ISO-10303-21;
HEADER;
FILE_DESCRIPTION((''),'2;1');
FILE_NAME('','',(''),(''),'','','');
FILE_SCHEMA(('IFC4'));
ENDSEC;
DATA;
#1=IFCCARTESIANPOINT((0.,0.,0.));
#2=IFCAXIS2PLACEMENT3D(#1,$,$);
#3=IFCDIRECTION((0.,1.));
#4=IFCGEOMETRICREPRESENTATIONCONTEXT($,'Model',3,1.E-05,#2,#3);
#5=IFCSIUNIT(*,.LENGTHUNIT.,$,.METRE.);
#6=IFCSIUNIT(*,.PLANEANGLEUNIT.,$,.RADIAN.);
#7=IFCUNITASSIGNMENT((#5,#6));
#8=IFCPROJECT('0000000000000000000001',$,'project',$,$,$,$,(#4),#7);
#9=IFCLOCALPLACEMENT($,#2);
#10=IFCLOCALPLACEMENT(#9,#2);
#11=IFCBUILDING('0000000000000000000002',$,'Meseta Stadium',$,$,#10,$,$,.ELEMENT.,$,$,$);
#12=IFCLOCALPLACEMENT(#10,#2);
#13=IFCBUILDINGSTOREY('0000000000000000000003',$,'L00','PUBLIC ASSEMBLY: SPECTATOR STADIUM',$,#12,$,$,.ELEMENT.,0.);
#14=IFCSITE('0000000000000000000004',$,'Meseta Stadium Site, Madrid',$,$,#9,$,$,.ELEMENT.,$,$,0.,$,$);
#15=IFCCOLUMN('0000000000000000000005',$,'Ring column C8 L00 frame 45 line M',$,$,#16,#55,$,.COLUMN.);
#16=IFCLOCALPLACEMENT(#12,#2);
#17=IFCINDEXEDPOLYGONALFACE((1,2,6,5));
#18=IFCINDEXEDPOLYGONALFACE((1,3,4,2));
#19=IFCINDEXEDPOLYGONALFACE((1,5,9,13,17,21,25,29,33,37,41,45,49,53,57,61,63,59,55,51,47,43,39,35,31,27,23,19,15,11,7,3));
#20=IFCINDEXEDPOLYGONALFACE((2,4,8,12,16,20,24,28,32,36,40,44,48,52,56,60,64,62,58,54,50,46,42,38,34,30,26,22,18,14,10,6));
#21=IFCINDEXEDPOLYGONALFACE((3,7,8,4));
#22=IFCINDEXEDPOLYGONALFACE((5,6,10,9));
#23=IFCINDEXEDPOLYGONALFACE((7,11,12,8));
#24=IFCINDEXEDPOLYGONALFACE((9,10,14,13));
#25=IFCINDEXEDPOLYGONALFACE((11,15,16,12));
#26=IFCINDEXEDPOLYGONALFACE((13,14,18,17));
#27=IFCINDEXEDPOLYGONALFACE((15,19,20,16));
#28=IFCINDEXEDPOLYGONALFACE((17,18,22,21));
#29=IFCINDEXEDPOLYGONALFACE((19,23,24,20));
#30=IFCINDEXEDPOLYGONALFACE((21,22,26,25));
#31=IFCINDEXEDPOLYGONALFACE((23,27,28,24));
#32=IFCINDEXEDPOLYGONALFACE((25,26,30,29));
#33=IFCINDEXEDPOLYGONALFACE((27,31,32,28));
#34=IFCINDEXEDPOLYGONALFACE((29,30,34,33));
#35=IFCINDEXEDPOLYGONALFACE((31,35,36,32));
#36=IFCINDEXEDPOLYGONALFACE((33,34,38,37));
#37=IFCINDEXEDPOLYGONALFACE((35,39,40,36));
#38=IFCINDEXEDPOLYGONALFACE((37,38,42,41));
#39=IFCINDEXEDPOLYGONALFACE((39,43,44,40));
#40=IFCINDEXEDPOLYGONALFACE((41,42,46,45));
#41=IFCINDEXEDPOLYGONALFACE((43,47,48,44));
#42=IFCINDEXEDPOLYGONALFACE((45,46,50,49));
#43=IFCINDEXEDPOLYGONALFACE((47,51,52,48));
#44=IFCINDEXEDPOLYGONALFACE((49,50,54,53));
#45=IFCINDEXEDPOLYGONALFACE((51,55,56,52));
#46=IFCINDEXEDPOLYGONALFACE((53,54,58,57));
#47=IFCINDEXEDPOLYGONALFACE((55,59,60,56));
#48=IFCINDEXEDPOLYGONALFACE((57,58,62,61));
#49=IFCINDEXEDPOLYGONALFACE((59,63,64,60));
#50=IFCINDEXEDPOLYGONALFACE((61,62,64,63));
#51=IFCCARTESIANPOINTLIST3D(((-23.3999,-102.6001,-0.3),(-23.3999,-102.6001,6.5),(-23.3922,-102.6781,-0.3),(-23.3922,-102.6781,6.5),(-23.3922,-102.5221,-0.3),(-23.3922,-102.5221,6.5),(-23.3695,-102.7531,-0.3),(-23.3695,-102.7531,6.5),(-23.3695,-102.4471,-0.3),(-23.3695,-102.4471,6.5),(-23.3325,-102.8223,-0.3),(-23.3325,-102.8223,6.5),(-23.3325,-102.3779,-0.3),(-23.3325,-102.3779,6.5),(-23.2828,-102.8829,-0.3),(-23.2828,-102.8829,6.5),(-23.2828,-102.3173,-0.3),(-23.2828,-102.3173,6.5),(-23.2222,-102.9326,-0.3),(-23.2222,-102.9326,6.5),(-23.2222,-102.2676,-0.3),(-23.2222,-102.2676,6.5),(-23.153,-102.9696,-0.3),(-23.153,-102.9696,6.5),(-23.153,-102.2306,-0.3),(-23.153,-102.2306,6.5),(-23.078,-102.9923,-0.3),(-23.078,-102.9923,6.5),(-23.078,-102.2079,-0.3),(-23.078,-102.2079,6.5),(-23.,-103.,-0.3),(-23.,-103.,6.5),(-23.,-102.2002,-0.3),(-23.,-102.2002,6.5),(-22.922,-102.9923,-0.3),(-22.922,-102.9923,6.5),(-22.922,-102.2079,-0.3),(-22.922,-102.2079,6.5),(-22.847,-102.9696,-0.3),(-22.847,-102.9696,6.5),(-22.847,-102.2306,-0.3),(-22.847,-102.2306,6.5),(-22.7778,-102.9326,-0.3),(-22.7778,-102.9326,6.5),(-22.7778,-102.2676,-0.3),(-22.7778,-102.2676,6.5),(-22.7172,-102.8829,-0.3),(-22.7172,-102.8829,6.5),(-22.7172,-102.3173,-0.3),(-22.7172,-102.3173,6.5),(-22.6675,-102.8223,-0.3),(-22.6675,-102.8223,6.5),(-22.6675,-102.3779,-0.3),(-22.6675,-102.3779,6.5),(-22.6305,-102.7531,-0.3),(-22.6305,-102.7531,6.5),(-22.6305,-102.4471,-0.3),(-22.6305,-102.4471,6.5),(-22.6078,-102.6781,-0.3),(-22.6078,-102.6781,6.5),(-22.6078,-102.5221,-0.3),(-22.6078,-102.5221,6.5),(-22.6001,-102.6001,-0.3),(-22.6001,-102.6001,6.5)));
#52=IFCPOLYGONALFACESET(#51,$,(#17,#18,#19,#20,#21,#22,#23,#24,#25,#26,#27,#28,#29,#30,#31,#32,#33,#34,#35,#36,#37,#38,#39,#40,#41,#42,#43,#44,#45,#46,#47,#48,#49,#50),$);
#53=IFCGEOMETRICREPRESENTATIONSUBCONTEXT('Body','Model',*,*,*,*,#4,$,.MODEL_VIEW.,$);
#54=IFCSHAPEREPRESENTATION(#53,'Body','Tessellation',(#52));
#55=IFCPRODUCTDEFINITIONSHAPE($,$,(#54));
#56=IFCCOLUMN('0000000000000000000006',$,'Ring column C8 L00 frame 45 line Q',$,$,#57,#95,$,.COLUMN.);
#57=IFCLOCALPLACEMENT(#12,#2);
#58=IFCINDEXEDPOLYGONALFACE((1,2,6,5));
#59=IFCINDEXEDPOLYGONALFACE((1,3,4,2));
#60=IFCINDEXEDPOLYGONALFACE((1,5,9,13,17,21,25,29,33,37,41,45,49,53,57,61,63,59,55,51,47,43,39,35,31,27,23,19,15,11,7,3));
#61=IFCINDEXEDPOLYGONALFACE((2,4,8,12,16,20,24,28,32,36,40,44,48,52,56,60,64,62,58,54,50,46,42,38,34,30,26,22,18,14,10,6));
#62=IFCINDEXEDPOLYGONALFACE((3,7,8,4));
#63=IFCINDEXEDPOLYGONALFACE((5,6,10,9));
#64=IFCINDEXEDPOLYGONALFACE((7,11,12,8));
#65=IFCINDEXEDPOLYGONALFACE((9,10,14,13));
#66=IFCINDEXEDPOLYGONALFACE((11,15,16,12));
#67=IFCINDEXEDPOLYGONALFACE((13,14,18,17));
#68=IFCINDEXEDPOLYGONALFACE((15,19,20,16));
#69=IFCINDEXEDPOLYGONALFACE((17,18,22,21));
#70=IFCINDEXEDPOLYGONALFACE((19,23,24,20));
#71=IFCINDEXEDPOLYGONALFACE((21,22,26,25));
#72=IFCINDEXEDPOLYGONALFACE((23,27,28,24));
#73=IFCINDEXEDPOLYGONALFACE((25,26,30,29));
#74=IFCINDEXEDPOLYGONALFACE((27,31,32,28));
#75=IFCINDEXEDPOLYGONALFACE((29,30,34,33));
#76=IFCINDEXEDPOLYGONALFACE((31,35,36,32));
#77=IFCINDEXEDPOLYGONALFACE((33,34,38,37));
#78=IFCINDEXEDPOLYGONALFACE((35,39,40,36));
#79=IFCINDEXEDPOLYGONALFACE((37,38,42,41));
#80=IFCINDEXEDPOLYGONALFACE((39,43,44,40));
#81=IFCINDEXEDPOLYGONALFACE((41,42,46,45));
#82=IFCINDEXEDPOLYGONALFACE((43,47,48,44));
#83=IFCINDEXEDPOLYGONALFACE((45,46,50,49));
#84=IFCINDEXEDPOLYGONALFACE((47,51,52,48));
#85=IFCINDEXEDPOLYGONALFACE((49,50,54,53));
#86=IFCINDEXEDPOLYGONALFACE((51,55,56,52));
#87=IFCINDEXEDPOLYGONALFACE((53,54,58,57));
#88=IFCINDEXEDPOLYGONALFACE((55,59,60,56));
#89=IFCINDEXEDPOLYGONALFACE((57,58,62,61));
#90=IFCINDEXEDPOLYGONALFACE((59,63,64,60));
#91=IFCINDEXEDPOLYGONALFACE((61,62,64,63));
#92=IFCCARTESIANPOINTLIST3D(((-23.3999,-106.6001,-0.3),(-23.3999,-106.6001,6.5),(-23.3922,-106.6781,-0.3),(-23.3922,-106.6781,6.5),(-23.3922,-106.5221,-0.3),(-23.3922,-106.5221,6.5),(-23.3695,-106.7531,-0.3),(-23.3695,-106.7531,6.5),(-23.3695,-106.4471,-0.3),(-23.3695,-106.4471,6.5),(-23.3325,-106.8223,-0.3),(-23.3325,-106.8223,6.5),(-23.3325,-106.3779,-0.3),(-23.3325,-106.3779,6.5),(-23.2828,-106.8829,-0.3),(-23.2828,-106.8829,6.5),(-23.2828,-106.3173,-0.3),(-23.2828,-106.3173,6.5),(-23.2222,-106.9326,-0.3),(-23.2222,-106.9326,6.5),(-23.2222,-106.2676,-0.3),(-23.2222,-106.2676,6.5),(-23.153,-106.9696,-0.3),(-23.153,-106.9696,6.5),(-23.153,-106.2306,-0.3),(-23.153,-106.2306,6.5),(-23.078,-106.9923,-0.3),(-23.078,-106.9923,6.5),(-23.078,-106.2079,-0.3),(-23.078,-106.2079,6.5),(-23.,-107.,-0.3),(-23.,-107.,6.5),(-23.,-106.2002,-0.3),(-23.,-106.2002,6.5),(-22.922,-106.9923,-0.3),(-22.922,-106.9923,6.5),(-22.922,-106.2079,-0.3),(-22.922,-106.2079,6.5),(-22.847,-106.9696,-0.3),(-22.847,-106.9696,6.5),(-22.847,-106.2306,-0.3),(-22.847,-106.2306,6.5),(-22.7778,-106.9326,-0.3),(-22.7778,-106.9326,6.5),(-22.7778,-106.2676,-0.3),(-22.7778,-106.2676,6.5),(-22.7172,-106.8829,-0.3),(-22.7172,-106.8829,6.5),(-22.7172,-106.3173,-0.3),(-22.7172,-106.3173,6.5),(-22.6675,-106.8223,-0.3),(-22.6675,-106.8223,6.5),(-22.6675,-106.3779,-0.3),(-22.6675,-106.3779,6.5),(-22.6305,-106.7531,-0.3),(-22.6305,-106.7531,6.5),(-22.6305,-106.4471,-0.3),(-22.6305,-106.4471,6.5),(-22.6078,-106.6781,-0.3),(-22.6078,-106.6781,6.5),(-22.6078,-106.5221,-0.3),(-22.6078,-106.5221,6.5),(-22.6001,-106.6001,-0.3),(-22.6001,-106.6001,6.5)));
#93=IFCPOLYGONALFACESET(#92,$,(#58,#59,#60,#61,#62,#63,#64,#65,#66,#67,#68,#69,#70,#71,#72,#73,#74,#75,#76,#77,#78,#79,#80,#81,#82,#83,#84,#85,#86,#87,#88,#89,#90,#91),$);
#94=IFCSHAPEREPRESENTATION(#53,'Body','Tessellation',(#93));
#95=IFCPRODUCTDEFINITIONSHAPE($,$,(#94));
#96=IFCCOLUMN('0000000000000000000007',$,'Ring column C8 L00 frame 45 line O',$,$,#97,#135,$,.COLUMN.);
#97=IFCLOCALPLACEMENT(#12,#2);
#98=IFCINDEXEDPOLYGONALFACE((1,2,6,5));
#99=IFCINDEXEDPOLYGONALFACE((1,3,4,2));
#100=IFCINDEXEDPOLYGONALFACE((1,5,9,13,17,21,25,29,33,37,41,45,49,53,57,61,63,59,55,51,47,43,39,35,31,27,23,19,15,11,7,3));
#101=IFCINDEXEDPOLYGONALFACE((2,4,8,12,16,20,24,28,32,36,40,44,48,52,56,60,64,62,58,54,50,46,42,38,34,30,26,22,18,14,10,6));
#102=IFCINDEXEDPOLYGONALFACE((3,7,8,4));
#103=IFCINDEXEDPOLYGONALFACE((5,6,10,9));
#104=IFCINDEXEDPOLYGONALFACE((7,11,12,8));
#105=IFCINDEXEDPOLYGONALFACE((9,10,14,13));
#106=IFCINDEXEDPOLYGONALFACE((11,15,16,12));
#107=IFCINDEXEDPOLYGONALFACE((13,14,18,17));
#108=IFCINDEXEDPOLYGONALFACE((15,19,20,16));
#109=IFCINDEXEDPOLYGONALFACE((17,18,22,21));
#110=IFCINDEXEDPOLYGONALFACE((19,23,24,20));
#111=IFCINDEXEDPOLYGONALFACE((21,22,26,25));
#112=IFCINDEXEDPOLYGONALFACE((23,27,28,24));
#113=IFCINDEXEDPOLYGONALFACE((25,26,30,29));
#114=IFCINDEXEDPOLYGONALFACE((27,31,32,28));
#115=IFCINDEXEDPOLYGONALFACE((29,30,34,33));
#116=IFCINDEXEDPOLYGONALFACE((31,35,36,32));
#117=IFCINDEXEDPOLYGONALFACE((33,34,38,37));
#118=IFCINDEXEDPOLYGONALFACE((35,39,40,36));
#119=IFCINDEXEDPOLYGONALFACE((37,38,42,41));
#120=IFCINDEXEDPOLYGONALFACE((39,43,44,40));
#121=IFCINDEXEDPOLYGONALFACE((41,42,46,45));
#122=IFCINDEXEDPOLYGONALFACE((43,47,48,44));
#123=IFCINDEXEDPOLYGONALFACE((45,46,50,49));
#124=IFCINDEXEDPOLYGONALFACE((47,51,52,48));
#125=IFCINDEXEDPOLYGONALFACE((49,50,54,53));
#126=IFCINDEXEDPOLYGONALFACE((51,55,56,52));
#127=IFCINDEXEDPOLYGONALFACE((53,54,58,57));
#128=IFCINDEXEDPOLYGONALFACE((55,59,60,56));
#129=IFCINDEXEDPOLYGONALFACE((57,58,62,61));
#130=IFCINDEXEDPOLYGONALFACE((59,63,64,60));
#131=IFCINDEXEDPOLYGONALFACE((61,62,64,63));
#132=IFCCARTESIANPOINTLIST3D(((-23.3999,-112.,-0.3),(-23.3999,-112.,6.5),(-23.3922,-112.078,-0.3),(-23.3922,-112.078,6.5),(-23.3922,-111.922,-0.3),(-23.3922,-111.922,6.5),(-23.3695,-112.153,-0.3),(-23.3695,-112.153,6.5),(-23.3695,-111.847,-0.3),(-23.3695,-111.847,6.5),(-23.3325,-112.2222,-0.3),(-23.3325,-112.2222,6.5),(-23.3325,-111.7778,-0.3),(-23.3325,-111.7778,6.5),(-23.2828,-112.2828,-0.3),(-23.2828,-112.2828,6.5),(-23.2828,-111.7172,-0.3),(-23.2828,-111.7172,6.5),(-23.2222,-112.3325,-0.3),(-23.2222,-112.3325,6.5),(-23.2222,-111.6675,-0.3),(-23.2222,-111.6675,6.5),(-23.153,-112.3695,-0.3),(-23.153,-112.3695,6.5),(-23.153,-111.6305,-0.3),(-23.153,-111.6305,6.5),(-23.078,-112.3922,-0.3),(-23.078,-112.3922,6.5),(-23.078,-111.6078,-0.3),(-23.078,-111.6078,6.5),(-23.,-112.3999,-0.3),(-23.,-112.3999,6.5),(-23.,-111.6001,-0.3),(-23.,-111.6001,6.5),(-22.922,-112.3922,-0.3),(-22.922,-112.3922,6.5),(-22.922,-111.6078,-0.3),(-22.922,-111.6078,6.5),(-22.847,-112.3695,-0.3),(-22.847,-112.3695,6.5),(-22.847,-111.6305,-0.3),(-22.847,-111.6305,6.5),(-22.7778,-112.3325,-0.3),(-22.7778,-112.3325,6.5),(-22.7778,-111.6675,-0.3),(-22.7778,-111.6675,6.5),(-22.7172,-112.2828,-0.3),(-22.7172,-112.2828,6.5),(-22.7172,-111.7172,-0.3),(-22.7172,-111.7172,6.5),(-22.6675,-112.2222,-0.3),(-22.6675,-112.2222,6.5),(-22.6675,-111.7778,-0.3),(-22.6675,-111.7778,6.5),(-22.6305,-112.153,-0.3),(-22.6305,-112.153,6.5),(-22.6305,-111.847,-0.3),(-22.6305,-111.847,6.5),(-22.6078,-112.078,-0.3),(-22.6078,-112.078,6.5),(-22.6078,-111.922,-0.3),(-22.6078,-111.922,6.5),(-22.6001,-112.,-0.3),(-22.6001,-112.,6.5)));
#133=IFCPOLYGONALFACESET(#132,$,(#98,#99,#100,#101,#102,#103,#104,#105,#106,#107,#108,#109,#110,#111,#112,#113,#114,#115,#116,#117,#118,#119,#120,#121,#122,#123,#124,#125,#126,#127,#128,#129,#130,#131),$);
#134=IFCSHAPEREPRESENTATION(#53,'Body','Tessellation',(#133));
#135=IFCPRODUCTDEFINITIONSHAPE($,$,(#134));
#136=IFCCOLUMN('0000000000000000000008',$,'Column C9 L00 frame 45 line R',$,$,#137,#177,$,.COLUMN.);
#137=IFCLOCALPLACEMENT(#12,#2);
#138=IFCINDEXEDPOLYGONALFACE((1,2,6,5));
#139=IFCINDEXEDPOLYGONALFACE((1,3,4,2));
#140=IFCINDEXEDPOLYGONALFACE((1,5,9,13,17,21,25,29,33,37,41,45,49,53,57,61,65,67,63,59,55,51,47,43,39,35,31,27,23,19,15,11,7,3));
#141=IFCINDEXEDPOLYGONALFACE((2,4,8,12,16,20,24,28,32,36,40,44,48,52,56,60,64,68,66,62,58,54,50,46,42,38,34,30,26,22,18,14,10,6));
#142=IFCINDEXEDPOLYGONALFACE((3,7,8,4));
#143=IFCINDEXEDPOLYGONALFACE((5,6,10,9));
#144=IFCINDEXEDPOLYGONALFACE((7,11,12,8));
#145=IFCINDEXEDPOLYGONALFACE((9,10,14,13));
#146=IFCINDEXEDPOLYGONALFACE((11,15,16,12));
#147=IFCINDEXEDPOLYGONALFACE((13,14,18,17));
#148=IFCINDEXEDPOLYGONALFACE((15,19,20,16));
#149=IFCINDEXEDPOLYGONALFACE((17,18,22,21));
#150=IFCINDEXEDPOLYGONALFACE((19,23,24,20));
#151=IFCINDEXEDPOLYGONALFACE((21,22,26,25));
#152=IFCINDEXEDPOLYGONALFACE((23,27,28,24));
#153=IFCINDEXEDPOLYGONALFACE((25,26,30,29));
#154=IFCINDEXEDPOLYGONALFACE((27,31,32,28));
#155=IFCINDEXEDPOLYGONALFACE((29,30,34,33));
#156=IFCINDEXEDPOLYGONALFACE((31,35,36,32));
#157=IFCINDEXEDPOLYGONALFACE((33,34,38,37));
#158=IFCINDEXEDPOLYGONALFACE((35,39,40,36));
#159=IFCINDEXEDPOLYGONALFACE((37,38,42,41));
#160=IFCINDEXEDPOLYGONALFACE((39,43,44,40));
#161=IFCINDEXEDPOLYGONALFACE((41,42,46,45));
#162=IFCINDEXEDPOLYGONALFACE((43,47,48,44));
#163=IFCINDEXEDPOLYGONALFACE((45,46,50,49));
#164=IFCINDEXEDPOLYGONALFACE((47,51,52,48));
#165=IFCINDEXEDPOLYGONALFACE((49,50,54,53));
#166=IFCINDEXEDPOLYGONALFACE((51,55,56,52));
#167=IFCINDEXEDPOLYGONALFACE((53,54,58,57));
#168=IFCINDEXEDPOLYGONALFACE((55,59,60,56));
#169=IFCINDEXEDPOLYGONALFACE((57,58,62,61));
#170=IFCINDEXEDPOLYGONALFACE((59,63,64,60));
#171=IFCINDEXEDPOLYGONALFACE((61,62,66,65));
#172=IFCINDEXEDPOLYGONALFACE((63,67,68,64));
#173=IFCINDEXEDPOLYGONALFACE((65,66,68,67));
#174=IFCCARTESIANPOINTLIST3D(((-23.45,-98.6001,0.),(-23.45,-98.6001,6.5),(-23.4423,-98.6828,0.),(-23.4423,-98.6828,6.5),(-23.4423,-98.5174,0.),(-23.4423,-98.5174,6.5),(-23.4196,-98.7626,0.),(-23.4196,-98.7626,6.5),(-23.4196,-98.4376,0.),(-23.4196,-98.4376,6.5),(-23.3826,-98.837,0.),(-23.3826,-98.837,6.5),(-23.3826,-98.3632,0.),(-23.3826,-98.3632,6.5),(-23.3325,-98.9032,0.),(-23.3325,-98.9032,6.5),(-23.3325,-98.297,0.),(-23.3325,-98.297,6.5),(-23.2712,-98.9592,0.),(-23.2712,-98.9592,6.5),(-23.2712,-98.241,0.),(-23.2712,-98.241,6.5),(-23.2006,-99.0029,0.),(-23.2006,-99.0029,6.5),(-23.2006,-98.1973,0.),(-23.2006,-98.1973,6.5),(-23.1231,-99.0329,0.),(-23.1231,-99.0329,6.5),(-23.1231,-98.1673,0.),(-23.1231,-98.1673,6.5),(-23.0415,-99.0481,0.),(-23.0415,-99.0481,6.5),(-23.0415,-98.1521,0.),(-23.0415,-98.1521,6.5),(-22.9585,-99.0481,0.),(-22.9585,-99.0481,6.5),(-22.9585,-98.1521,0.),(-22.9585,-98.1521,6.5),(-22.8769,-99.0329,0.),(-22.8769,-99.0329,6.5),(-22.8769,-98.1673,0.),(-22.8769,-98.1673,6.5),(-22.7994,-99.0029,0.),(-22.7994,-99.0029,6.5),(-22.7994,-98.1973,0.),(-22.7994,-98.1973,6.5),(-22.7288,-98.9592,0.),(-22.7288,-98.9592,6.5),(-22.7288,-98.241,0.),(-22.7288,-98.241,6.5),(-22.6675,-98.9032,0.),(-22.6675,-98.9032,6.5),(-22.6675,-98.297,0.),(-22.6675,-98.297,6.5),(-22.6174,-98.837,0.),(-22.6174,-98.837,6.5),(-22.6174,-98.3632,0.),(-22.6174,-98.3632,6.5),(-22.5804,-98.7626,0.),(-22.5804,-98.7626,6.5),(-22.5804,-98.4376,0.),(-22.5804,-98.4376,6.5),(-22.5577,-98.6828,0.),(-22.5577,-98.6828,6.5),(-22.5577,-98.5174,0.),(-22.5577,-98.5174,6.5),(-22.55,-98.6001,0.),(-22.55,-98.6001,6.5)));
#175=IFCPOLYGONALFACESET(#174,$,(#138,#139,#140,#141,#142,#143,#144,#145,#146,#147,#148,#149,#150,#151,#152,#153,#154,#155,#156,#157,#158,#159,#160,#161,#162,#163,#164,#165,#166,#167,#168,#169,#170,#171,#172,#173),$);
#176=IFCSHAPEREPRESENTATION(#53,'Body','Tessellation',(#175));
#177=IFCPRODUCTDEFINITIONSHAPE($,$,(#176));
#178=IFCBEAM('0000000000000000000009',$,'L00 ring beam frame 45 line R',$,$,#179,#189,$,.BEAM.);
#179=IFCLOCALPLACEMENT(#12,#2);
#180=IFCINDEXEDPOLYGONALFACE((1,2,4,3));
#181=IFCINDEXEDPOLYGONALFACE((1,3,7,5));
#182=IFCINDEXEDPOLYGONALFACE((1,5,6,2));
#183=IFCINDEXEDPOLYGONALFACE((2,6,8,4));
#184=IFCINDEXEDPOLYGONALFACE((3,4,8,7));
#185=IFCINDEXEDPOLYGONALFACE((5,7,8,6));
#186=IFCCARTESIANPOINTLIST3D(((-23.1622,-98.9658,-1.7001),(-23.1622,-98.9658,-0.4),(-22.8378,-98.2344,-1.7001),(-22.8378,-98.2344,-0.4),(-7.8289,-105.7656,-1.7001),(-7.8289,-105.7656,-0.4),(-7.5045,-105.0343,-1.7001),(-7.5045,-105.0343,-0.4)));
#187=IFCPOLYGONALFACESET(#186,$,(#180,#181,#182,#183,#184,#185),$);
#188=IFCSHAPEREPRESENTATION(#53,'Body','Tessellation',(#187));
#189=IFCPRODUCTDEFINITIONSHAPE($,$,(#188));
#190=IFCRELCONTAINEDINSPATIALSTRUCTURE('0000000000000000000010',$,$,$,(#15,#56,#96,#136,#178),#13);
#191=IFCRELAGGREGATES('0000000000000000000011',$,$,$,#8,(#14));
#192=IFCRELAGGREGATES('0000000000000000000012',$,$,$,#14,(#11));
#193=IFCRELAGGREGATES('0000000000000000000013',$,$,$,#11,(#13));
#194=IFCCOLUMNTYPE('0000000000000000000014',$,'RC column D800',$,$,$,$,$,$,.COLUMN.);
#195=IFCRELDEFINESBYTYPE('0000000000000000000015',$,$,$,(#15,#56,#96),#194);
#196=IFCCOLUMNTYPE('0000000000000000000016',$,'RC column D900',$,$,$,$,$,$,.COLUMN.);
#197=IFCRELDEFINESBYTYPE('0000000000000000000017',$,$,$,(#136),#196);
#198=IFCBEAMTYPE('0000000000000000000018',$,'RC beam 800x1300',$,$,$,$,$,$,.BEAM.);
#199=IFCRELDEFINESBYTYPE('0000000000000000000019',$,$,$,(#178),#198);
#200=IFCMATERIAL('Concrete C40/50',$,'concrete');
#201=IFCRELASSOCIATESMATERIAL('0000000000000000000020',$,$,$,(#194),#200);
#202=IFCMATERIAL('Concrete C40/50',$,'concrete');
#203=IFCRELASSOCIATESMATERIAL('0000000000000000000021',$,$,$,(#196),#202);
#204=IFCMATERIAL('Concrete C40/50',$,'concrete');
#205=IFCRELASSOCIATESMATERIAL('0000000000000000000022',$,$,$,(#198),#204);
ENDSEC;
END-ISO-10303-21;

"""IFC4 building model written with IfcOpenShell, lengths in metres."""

from ifc_helpers import new_model, si_unit, direction, frame, origin, origin_2d, place, context, subcontext, project, spatial, rectangle, circle, extrude, material, material_profile, profile_set, type_object, element, save


model = new_model("IFC4")

# Units and contexts
model_context = context("Model", 3, precision=1e-05, world=origin(), true_north=direction((0.0, 1.0)))
body_context = subcontext(model_context, "Body", "Model", "MODEL_VIEW")
ifc_project = project(units=[si_unit("LENGTHUNIT", "METRE"), si_unit("PLANEANGLEUNIT", "RADIAN")], contexts=[model_context])

# Site, building, storey
site_placement = place(None, origin())
site = spatial("IfcSite", under=ifc_project, at=site_placement, Name="Meseta Stadium Site, Madrid", CompositionType="ELEMENT", RefElevation=0.0)
building_placement = place(site_placement, origin())
building = spatial("IfcBuilding", under=site, at=building_placement, Name="Meseta Stadium", CompositionType="ELEMENT")
storey_placement = place(building_placement, origin())
storey = spatial("IfcBuildingStorey", under=building, at=storey_placement, Name="L00", Description="PUBLIC ASSEMBLY: SPECTATOR STADIUM", CompositionType="ELEMENT", Elevation=0.0)

# Columns
ifc_material_1 = material(Name="Concrete C40/50", Category="concrete")
ifc_material_profile_1 = material_profile(ifc_material_1, circle(Radius=0.3999, at=origin_2d()), Name="RC D800")
ifc_profile_set_1 = profile_set([ifc_material_profile_1], Name="Concrete C40/50")
column_type_1 = type_object("IfcColumnType", Name="RC column D800", PredefinedType="COLUMN", material=ifc_profile_set_1)
for number, where, z_axis, x_axis, name in (
    (1, (-23.0, -102.6001, -0.3), (0.0, 0.0, 1.0), (1.0, 0.0, 0.0), "Ring column C8 L00 frame 45 line M"),
    (2, (-23.0, -106.6001, -0.3), (0.0, 0.0, 1.0), (1.0, 0.0, 0.0), "Ring column C8 L00 frame 45 line Q"),
    (3, (-23.0, -112.0, -0.3), (0.0, 0.0, 1.0), (1.0, 0.0, 0.0), "Ring column C8 L00 frame 45 line O"),
):
    element("IfcColumn", number, at=place(storey_placement, frame(where, z_axis=z_axis, x_axis=x_axis)), inside=storey, type_object=column_type_1, Name=name, PredefinedType="COLUMN", context=body_context, shape_type="SweptSolid", body=[
        extrude(circle(Radius=0.3999, at=origin_2d()), origin(), (0.0, 0.0, 1.0), 6.8),
    ])
ifc_material_2 = material(Name="Concrete C40/50", Category="concrete")
ifc_material_profile_2 = material_profile(ifc_material_2, circle(Radius=0.45, at=origin_2d()), Name="RC D900")
ifc_profile_set_2 = profile_set([ifc_material_profile_2], Name="Concrete C40/50")
column_type_2 = type_object("IfcColumnType", Name="RC column D900", PredefinedType="COLUMN", material=ifc_profile_set_2)
column_placement = place(storey_placement, frame((-23.0, -98.6001, 0.0), z_axis=(0.0, 0.0, 1.0), x_axis=(1.0, 0.0, 0.0)))
element("IfcColumn", 4, at=column_placement, inside=storey, type_object=column_type_2, Name="Column C9 L00 frame 45 line R", PredefinedType="COLUMN", context=body_context, shape_type="SweptSolid", body=[
    extrude(circle(Radius=0.45, at=origin_2d()), origin(), (0.0, 0.0, 1.0), 6.5),
])

# Beam
ifc_material_3 = material(Name="Concrete C40/50", Category="concrete")
ifc_material_profile_3 = material_profile(ifc_material_3, rectangle(XDim=0.8, YDim=1.3, at=origin_2d()), Name="RC 800x1300")
ifc_profile_set_3 = profile_set([ifc_material_profile_3], Name="Concrete C40/50")
beam_type = type_object("IfcBeamType", Name="RC beam 800x1300", PredefinedType="BEAM", material=ifc_profile_set_3)
beam_placement = place(storey_placement, frame((-23.0, -98.6001, -1.05), z_axis=(0.914143, -0.405393, 0.0), x_axis=(0.405393, 0.914143, 0.0)))
element("IfcBeam", 5, at=beam_placement, inside=storey, type_object=beam_type, Name="L00 ring beam frame 45 line R", PredefinedType="BEAM", context=body_context, shape_type="SweptSolid", body=[
    extrude(rectangle(XDim=0.8, YDim=1.3, at=origin_2d()), origin(), (0.0, 0.0, 1.0), 16.7734),
])

save(model, "model.ifc")
